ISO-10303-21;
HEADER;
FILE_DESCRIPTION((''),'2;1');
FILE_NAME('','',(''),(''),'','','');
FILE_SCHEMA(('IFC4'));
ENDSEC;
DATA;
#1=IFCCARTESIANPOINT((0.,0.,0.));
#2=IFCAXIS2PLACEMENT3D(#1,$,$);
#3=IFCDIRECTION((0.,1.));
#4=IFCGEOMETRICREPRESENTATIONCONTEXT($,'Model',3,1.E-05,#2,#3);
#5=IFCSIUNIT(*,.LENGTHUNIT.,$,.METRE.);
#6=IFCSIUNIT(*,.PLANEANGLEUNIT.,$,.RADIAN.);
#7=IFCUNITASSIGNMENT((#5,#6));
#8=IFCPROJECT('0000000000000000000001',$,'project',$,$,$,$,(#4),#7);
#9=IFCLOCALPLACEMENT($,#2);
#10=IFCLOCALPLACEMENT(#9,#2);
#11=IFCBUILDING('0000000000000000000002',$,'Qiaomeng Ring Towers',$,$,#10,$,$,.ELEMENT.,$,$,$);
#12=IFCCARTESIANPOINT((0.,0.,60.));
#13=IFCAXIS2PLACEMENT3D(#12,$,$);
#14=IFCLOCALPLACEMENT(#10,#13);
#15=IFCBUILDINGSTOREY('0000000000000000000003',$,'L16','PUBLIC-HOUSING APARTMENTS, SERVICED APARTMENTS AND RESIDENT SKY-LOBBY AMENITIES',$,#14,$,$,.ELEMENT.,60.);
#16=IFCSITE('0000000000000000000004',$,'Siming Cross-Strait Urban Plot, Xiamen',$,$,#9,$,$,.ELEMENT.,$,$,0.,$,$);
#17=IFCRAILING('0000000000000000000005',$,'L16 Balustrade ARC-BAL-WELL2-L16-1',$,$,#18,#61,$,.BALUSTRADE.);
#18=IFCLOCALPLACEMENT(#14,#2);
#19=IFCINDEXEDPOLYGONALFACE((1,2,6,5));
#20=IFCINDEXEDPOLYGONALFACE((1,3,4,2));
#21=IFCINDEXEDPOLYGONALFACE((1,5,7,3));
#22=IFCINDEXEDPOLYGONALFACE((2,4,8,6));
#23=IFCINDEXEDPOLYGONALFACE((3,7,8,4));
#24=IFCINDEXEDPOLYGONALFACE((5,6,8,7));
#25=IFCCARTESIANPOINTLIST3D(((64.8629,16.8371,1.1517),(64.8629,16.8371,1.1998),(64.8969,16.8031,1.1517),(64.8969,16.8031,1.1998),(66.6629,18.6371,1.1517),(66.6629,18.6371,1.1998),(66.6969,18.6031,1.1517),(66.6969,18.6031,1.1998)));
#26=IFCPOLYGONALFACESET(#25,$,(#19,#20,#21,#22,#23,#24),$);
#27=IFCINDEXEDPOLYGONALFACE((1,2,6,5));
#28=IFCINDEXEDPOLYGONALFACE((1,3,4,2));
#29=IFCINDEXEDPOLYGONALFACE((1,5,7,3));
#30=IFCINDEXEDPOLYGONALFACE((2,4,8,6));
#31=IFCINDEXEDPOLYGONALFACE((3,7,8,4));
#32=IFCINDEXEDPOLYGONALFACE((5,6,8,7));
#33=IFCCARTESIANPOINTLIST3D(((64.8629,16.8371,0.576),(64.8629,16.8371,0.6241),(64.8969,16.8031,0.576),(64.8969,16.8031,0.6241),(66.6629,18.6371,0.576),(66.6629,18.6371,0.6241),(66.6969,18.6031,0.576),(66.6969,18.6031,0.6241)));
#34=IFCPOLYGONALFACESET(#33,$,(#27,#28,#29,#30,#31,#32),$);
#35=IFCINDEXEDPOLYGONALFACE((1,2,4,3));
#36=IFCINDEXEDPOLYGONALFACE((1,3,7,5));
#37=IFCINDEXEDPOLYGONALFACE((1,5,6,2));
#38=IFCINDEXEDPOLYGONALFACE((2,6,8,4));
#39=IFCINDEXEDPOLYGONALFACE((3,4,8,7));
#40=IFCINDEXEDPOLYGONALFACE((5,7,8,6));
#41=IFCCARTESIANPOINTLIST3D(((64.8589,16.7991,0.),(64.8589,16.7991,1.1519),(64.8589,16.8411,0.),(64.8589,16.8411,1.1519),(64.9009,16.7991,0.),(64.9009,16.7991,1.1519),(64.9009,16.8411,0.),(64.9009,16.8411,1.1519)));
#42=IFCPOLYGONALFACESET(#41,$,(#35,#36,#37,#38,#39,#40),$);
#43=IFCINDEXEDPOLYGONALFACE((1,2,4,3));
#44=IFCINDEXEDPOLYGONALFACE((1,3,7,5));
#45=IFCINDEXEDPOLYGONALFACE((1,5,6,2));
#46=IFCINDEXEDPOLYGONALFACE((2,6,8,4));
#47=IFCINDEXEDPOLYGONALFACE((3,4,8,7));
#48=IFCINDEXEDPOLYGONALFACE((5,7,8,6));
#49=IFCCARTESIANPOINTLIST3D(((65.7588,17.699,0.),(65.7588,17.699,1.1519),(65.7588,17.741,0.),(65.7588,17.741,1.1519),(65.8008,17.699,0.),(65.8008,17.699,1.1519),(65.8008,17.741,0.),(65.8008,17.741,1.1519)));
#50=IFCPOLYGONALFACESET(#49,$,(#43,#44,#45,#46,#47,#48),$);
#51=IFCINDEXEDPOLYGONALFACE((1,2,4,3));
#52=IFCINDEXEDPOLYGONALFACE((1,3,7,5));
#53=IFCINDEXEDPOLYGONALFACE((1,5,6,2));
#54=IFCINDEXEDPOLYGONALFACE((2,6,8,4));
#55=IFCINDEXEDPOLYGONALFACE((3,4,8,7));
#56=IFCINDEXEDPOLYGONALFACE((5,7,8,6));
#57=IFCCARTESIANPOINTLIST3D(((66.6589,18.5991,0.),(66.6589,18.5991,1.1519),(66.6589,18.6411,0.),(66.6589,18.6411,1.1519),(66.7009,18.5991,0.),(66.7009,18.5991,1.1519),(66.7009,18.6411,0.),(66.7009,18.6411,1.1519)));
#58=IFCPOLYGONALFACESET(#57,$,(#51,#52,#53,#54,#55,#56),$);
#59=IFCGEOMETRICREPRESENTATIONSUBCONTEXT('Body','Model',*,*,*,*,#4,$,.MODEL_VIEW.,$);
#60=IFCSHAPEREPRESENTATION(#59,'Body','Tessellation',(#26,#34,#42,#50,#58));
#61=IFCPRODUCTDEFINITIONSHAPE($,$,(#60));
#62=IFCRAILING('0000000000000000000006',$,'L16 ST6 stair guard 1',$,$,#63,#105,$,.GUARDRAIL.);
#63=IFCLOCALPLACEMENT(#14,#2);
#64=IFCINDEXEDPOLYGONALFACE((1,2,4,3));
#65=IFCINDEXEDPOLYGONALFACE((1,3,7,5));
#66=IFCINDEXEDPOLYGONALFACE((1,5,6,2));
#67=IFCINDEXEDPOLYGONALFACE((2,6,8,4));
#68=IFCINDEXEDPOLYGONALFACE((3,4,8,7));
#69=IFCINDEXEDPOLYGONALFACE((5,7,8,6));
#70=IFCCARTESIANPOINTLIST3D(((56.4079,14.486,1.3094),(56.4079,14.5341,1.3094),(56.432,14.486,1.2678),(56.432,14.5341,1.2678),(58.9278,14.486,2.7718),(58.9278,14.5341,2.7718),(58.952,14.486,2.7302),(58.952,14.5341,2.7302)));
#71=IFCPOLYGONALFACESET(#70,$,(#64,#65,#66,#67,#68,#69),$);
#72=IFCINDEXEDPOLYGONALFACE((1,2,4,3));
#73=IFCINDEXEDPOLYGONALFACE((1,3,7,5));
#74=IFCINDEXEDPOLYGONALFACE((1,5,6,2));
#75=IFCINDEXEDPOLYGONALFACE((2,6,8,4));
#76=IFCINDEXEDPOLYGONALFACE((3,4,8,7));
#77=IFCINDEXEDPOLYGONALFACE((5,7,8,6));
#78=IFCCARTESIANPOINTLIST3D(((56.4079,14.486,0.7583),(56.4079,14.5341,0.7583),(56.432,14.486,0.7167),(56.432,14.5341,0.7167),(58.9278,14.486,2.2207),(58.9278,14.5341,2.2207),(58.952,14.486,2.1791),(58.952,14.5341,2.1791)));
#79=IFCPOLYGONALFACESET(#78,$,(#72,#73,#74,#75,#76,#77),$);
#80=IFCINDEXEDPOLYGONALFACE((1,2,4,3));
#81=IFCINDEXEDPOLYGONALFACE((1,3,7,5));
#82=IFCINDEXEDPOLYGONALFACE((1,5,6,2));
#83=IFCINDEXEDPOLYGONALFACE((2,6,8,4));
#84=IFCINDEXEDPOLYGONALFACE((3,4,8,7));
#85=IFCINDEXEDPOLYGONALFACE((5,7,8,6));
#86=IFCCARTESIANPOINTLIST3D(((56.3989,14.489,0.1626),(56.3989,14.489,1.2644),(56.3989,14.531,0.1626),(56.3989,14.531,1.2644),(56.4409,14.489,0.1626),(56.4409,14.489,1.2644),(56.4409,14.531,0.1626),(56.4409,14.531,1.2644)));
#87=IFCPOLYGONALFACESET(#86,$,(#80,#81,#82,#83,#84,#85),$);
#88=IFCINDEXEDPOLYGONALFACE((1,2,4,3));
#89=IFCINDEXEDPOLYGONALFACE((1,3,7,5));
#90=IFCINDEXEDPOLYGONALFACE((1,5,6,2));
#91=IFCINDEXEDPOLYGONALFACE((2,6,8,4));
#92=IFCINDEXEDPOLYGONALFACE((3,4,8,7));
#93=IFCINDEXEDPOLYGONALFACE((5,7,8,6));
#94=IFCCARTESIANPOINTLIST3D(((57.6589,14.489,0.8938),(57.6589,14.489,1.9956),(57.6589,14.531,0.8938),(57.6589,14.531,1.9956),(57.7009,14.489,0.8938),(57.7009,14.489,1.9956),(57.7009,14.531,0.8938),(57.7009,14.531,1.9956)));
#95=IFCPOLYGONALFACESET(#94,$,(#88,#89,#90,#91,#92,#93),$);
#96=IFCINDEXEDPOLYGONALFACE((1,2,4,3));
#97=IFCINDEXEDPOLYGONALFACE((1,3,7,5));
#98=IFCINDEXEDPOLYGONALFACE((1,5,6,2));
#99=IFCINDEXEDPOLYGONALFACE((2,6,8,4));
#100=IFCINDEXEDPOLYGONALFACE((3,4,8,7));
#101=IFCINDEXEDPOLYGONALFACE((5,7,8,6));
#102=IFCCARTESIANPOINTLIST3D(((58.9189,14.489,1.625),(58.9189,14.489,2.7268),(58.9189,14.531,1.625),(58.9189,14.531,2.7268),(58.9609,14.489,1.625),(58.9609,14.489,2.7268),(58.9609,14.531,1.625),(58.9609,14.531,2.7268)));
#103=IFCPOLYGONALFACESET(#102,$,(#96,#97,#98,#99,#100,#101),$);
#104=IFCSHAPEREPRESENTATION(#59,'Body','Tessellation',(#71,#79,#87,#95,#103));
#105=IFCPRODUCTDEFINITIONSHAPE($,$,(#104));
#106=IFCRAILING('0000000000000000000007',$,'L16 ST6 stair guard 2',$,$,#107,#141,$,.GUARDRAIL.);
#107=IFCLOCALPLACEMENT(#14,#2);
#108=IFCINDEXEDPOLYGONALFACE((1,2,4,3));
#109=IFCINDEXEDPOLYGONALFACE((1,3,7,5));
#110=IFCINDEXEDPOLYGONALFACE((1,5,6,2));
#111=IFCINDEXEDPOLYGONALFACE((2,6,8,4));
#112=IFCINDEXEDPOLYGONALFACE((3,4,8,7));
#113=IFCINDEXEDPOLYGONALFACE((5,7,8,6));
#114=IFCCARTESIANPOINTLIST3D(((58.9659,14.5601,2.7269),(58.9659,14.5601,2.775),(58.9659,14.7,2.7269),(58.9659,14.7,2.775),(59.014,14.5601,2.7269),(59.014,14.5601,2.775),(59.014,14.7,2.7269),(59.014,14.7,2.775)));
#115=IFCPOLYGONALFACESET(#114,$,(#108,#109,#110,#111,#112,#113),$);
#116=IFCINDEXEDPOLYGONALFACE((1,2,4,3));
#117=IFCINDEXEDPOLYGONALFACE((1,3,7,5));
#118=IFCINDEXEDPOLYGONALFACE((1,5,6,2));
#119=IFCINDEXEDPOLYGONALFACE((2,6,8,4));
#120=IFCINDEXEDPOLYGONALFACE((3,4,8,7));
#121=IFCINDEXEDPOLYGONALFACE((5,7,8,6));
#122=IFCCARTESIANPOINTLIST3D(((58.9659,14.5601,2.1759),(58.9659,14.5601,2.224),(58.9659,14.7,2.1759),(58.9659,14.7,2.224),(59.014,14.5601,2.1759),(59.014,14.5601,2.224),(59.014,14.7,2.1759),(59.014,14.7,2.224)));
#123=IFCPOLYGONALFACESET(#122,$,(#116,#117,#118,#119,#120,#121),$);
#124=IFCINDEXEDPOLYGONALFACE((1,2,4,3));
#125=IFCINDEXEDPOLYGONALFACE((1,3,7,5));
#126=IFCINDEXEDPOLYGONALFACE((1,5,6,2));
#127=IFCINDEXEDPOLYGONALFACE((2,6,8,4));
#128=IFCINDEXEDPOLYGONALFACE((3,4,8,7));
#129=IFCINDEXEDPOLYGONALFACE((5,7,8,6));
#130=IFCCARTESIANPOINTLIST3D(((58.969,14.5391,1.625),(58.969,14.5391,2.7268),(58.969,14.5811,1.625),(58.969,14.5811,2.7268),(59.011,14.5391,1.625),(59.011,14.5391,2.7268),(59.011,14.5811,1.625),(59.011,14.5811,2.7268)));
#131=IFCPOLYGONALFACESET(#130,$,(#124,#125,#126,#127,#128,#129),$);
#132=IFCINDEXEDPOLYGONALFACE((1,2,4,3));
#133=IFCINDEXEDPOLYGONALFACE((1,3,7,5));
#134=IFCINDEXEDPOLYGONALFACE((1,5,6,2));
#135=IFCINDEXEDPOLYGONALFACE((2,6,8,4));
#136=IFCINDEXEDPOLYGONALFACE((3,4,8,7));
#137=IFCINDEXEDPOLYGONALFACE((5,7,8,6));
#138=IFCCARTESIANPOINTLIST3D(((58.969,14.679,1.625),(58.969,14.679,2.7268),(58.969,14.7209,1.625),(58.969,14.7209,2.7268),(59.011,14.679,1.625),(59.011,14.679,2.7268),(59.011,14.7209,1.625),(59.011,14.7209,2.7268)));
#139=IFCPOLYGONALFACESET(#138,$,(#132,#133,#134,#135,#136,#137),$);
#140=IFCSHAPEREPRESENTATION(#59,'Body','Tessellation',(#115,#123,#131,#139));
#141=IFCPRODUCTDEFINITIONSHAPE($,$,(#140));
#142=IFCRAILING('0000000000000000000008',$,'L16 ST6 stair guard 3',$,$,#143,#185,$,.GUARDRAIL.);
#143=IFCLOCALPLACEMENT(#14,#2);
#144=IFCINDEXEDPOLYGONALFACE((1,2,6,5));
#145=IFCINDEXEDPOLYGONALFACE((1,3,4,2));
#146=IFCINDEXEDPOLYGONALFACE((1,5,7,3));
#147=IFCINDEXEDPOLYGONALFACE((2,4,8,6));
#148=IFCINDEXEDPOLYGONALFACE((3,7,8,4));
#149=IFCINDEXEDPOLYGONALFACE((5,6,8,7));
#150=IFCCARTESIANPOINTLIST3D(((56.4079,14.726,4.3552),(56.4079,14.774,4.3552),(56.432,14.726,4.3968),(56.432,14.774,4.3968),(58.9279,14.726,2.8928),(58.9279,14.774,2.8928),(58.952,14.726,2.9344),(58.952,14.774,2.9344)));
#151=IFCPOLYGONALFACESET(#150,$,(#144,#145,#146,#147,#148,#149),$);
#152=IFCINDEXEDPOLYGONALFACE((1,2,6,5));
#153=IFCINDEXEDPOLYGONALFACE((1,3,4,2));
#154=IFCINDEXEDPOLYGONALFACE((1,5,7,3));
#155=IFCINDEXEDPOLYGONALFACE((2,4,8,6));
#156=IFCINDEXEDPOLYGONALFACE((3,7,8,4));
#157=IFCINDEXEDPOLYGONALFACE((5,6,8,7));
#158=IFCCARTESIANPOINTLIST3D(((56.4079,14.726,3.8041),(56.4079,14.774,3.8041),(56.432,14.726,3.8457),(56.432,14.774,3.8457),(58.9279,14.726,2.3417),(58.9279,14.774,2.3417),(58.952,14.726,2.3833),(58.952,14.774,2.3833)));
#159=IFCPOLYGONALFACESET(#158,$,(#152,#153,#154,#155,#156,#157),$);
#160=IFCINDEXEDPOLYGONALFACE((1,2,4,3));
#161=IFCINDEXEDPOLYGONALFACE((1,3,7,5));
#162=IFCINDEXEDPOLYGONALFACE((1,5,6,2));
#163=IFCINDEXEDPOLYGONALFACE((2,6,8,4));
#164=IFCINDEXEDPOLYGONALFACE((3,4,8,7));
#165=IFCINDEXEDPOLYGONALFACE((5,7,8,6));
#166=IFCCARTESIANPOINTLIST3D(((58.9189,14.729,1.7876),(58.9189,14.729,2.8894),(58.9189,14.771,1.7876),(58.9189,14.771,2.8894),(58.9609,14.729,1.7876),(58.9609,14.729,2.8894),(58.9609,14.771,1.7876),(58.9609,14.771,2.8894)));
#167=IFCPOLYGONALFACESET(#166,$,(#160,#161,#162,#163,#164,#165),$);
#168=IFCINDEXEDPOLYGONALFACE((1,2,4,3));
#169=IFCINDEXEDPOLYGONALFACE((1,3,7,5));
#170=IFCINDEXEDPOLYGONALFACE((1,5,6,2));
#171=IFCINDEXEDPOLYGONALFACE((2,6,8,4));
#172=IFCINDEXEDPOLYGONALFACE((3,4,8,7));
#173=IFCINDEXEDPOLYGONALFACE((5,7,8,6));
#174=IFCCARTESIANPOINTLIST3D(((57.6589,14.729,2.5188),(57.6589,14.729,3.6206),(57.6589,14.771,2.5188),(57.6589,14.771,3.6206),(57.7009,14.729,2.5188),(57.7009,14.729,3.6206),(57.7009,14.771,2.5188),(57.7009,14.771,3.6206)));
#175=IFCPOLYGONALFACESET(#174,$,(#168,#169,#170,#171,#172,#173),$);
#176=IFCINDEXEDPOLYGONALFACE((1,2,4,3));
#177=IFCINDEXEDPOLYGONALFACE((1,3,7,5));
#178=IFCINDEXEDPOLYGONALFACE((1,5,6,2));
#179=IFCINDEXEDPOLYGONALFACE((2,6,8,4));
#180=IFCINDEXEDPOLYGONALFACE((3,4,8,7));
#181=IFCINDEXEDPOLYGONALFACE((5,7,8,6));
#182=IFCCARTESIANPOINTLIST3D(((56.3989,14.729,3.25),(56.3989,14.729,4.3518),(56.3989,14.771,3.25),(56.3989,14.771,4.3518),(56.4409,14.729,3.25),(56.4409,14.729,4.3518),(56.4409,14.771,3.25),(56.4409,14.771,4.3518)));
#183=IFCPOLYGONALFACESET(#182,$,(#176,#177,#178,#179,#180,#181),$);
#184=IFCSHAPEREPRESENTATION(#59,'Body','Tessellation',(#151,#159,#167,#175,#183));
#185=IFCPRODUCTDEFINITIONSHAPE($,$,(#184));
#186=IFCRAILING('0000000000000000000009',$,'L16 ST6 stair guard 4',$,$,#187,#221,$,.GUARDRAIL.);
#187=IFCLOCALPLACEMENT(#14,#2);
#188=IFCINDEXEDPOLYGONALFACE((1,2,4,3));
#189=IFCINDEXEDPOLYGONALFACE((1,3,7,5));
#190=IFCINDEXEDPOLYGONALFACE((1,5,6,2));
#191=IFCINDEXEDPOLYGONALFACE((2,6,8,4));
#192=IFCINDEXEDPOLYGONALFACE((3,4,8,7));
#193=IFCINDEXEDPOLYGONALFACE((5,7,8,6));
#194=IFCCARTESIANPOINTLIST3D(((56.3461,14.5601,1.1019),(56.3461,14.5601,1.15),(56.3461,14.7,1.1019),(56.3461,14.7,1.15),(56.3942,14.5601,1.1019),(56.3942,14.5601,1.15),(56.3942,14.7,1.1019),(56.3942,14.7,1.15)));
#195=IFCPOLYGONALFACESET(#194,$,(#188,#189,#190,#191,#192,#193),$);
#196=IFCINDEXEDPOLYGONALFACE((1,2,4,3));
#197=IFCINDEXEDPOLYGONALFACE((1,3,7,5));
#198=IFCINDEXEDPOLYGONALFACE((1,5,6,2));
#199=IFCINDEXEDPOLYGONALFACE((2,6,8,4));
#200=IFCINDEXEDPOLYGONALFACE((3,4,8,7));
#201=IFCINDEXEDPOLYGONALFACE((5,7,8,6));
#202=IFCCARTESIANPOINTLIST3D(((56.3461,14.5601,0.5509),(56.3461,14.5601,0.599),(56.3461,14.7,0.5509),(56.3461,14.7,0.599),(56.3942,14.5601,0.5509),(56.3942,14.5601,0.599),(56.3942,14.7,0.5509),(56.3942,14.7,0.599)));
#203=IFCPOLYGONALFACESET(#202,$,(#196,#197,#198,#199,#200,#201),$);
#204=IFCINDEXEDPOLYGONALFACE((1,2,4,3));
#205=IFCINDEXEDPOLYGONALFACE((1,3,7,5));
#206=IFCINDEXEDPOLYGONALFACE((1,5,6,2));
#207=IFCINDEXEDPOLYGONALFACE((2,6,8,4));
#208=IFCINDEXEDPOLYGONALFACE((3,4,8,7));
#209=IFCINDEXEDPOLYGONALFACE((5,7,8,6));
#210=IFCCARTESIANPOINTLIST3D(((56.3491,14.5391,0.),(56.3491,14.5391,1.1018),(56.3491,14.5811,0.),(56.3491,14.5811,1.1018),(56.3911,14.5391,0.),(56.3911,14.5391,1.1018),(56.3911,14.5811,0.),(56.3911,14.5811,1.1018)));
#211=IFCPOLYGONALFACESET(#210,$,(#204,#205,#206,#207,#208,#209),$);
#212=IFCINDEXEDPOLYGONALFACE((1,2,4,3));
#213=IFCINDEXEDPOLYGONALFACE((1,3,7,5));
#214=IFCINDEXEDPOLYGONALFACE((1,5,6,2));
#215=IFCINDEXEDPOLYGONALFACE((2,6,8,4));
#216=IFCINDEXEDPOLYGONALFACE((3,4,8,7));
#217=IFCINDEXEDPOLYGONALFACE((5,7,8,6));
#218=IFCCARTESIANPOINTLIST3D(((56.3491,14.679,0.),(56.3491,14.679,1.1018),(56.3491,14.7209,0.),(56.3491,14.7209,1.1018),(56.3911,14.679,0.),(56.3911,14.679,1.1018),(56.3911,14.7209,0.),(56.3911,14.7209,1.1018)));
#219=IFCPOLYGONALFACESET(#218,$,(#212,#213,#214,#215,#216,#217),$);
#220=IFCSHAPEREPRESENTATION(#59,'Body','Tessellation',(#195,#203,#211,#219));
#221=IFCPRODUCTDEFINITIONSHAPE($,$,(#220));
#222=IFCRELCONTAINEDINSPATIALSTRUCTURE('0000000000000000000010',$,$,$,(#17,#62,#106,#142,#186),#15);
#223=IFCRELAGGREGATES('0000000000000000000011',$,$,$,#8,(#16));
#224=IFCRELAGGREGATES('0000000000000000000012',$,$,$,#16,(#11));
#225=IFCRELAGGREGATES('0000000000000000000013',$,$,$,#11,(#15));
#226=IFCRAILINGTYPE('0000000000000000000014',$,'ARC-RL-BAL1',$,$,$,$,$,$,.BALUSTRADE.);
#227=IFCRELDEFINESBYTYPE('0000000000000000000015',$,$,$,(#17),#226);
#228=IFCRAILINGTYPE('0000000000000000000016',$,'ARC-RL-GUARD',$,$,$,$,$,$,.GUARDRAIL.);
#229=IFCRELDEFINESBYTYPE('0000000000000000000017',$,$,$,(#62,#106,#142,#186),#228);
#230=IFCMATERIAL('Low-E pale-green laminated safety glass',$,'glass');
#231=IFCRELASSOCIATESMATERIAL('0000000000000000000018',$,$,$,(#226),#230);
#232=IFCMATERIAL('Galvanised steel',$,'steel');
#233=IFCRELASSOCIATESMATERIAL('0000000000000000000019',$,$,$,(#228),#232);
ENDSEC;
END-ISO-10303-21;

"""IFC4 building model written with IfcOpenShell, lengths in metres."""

from ifc_helpers import new_model, si_unit, direction, frame, origin, origin_2d, place, context, subcontext, project, spatial, rectangle, extrude, material, type_object, element, save


model = new_model("IFC4")

# Units and contexts
model_context = context("Model", 3, precision=1e-05, world=origin(), true_north=direction((0.0, 1.0)))
body_context = subcontext(model_context, "Body", "Model", "MODEL_VIEW")
ifc_project = project(units=[si_unit("LENGTHUNIT", "METRE"), si_unit("PLANEANGLEUNIT", "RADIAN")], contexts=[model_context])

# Site, building, storey
site_placement = place(None, origin())
site = spatial("IfcSite", under=ifc_project, at=site_placement, Name="Siming Cross-Strait Urban Plot, Xiamen", CompositionType="ELEMENT", RefElevation=0.0)
building_placement = place(site_placement, origin())
building = spatial("IfcBuilding", under=site, at=building_placement, Name="Qiaomeng Ring Towers", CompositionType="ELEMENT")
storey_placement = place(building_placement, frame((0.0, 0.0, 60.0)))
storey = spatial("IfcBuildingStorey", under=building, at=storey_placement, Name="L16", Description="PUBLIC-HOUSING APARTMENTS, SERVICED APARTMENTS AND RESIDENT SKY-LOBBY AMENITIES", CompositionType="ELEMENT", Elevation=60.0)

# Railings
ifc_material_1 = material(Name="Low-E pale-green laminated safety glass", Category="glass")
railing_type_1 = type_object("IfcRailingType", Name="ARC-RL-BAL1", PredefinedType="BALUSTRADE", material=ifc_material_1)
railing_1_placement = place(storey_placement, frame((64.8799, 16.8201, 0.0)))
element("IfcRailing", 1, at=railing_1_placement, inside=storey, type_object=railing_type_1, Name="L16 Balustrade ARC-BAL-WELL2-L16-1", PredefinedType="BALUSTRADE", context=body_context, shape_type="SweptSolid", body=[
    extrude(rectangle(XDim=0.0481, YDim=0.0481, at=origin_2d()), frame((0.0, 0.0, 1.1758), z_axis=(0.707107, 0.707107, 0.0), x_axis=(-0.707107, 0.707107, 0.0)), (0.0, 0.0, 1.0), 2.5457),
    extrude(rectangle(XDim=0.0481, YDim=0.0481, at=origin_2d()), frame((0.0, 0.0, 0.6001), z_axis=(0.707107, 0.707107, 0.0), x_axis=(-0.707107, 0.707107, 0.0)), (0.0, 0.0, 1.0), 2.5457),
    extrude(rectangle(XDim=0.042, YDim=0.042, at=origin_2d()), origin(), (0.0, 0.0, 1.0), 1.1519),
    extrude(rectangle(XDim=0.042, YDim=0.042, at=origin_2d()), frame((0.8999, 0.8999, 0.0)), (0.0, 0.0, 1.0), 1.1519),
    extrude(rectangle(XDim=0.042, YDim=0.042, at=origin_2d()), frame((1.8, 1.8, 0.0)), (0.0, 0.0, 1.0), 1.1519),
])
ifc_material_2 = material(Name="Galvanised steel", Category="steel")
railing_type_2 = type_object("IfcRailingType", Name="ARC-RL-GUARD", PredefinedType="GUARDRAIL", material=ifc_material_2)
railing_2_placement = place(storey_placement, frame((56.4199, 14.51, 0.1626)))
element("IfcRailing", 2, at=railing_2_placement, inside=storey, type_object=railing_type_2, Name="L16 ST6 stair guard 1", PredefinedType="GUARDRAIL", context=body_context, shape_type="SweptSolid", body=[
    extrude(rectangle(XDim=0.0481, YDim=0.0481, at=origin_2d()), frame((0.0, 0.0, 1.126), z_axis=(0.864913, 0.0, 0.501921), x_axis=(0.0, 1.0, 0.0)), (0.0, 0.0, 1.0), 2.9136),
    extrude(rectangle(XDim=0.0481, YDim=0.0481, at=origin_2d()), frame((0.0, 0.0, 0.575), z_axis=(0.864913, 0.0, 0.501921), x_axis=(0.0, 1.0, 0.0)), (0.0, 0.0, 1.0), 2.9136),
    extrude(rectangle(XDim=0.042, YDim=0.042, at=origin_2d()), origin(), (0.0, 0.0, 1.0), 1.1018),
    extrude(rectangle(XDim=0.042, YDim=0.042, at=origin_2d()), frame((1.26, 0.0, 0.7312)), (0.0, 0.0, 1.0), 1.1018),
    extrude(rectangle(XDim=0.042, YDim=0.042, at=origin_2d()), frame((2.52, 0.0, 1.4624)), (0.0, 0.0, 1.0), 1.1018),
])
railing_3_placement = place(storey_placement, frame((58.99, 14.5601, 1.625)))
element("IfcRailing", 3, at=railing_3_placement, inside=storey, type_object=railing_type_2, Name="L16 ST6 stair guard 2", PredefinedType="GUARDRAIL", context=body_context, shape_type="SweptSolid", body=[
    extrude(rectangle(XDim=0.0481, YDim=0.0481, at=origin_2d()), frame((0.0, 0.0, 1.126), z_axis=(0.0, 1.0, 0.0), x_axis=(-1.0, 0.0, 0.0)), (0.0, 0.0, 1.0), 0.1399),
    extrude(rectangle(XDim=0.0481, YDim=0.0481, at=origin_2d()), frame((0.0, 0.0, 0.575), z_axis=(0.0, 1.0, 0.0), x_axis=(-1.0, 0.0, 0.0)), (0.0, 0.0, 1.0), 0.1399),
    extrude(rectangle(XDim=0.042, YDim=0.042, at=origin_2d()), origin(), (0.0, 0.0, 1.0), 1.1018),
    extrude(rectangle(XDim=0.042, YDim=0.042, at=origin_2d()), frame((0.0, 0.1399, 0.0)), (0.0, 0.0, 1.0), 1.1018),
])
railing_4_placement = place(storey_placement, frame((58.9399, 14.75, 1.7876)))
element("IfcRailing", 4, at=railing_4_placement, inside=storey, type_object=railing_type_2, Name="L16 ST6 stair guard 3", PredefinedType="GUARDRAIL", context=body_context, shape_type="SweptSolid", body=[
    extrude(rectangle(XDim=0.0481, YDim=0.0481, at=origin_2d()), frame((0.0, 0.0, 1.126), z_axis=(-0.864913, 0.0, 0.501921), x_axis=(0.0, -1.0, 0.0)), (0.0, 0.0, 1.0), 2.9136),
    extrude(rectangle(XDim=0.0481, YDim=0.0481, at=origin_2d()), frame((0.0, 0.0, 0.575), z_axis=(-0.864913, 0.0, 0.501921), x_axis=(0.0, -1.0, 0.0)), (0.0, 0.0, 1.0), 2.9136),
    extrude(rectangle(XDim=0.042, YDim=0.042, at=origin_2d()), origin(), (0.0, 0.0, 1.0), 1.1018),
    extrude(rectangle(XDim=0.042, YDim=0.042, at=origin_2d()), frame((-1.26, 0.0, 0.7312)), (0.0, 0.0, 1.0), 1.1018),
    extrude(rectangle(XDim=0.042, YDim=0.042, at=origin_2d()), frame((-2.52, 0.0, 1.4624)), (0.0, 0.0, 1.0), 1.1018),
])
railing_5_placement = place(storey_placement, frame((56.3701, 14.5601, 0.0)))
element("IfcRailing", 5, at=railing_5_placement, inside=storey, type_object=railing_type_2, Name="L16 ST6 stair guard 4", PredefinedType="GUARDRAIL", context=body_context, shape_type="SweptSolid", body=[
    extrude(rectangle(XDim=0.0481, YDim=0.0481, at=origin_2d()), frame((0.0, 0.0, 1.126), z_axis=(0.0, 1.0, 0.0), x_axis=(-1.0, 0.0, 0.0)), (0.0, 0.0, 1.0), 0.1399),
    extrude(rectangle(XDim=0.0481, YDim=0.0481, at=origin_2d()), frame((0.0, 0.0, 0.575), z_axis=(0.0, 1.0, 0.0), x_axis=(-1.0, 0.0, 0.0)), (0.0, 0.0, 1.0), 0.1399),
    extrude(rectangle(XDim=0.042, YDim=0.042, at=origin_2d()), origin(), (0.0, 0.0, 1.0), 1.1018),
    extrude(rectangle(XDim=0.042, YDim=0.042, at=origin_2d()), frame((0.0, 0.1399, 0.0)), (0.0, 0.0, 1.0), 1.1018),
])

save(model, "model.ifc")
